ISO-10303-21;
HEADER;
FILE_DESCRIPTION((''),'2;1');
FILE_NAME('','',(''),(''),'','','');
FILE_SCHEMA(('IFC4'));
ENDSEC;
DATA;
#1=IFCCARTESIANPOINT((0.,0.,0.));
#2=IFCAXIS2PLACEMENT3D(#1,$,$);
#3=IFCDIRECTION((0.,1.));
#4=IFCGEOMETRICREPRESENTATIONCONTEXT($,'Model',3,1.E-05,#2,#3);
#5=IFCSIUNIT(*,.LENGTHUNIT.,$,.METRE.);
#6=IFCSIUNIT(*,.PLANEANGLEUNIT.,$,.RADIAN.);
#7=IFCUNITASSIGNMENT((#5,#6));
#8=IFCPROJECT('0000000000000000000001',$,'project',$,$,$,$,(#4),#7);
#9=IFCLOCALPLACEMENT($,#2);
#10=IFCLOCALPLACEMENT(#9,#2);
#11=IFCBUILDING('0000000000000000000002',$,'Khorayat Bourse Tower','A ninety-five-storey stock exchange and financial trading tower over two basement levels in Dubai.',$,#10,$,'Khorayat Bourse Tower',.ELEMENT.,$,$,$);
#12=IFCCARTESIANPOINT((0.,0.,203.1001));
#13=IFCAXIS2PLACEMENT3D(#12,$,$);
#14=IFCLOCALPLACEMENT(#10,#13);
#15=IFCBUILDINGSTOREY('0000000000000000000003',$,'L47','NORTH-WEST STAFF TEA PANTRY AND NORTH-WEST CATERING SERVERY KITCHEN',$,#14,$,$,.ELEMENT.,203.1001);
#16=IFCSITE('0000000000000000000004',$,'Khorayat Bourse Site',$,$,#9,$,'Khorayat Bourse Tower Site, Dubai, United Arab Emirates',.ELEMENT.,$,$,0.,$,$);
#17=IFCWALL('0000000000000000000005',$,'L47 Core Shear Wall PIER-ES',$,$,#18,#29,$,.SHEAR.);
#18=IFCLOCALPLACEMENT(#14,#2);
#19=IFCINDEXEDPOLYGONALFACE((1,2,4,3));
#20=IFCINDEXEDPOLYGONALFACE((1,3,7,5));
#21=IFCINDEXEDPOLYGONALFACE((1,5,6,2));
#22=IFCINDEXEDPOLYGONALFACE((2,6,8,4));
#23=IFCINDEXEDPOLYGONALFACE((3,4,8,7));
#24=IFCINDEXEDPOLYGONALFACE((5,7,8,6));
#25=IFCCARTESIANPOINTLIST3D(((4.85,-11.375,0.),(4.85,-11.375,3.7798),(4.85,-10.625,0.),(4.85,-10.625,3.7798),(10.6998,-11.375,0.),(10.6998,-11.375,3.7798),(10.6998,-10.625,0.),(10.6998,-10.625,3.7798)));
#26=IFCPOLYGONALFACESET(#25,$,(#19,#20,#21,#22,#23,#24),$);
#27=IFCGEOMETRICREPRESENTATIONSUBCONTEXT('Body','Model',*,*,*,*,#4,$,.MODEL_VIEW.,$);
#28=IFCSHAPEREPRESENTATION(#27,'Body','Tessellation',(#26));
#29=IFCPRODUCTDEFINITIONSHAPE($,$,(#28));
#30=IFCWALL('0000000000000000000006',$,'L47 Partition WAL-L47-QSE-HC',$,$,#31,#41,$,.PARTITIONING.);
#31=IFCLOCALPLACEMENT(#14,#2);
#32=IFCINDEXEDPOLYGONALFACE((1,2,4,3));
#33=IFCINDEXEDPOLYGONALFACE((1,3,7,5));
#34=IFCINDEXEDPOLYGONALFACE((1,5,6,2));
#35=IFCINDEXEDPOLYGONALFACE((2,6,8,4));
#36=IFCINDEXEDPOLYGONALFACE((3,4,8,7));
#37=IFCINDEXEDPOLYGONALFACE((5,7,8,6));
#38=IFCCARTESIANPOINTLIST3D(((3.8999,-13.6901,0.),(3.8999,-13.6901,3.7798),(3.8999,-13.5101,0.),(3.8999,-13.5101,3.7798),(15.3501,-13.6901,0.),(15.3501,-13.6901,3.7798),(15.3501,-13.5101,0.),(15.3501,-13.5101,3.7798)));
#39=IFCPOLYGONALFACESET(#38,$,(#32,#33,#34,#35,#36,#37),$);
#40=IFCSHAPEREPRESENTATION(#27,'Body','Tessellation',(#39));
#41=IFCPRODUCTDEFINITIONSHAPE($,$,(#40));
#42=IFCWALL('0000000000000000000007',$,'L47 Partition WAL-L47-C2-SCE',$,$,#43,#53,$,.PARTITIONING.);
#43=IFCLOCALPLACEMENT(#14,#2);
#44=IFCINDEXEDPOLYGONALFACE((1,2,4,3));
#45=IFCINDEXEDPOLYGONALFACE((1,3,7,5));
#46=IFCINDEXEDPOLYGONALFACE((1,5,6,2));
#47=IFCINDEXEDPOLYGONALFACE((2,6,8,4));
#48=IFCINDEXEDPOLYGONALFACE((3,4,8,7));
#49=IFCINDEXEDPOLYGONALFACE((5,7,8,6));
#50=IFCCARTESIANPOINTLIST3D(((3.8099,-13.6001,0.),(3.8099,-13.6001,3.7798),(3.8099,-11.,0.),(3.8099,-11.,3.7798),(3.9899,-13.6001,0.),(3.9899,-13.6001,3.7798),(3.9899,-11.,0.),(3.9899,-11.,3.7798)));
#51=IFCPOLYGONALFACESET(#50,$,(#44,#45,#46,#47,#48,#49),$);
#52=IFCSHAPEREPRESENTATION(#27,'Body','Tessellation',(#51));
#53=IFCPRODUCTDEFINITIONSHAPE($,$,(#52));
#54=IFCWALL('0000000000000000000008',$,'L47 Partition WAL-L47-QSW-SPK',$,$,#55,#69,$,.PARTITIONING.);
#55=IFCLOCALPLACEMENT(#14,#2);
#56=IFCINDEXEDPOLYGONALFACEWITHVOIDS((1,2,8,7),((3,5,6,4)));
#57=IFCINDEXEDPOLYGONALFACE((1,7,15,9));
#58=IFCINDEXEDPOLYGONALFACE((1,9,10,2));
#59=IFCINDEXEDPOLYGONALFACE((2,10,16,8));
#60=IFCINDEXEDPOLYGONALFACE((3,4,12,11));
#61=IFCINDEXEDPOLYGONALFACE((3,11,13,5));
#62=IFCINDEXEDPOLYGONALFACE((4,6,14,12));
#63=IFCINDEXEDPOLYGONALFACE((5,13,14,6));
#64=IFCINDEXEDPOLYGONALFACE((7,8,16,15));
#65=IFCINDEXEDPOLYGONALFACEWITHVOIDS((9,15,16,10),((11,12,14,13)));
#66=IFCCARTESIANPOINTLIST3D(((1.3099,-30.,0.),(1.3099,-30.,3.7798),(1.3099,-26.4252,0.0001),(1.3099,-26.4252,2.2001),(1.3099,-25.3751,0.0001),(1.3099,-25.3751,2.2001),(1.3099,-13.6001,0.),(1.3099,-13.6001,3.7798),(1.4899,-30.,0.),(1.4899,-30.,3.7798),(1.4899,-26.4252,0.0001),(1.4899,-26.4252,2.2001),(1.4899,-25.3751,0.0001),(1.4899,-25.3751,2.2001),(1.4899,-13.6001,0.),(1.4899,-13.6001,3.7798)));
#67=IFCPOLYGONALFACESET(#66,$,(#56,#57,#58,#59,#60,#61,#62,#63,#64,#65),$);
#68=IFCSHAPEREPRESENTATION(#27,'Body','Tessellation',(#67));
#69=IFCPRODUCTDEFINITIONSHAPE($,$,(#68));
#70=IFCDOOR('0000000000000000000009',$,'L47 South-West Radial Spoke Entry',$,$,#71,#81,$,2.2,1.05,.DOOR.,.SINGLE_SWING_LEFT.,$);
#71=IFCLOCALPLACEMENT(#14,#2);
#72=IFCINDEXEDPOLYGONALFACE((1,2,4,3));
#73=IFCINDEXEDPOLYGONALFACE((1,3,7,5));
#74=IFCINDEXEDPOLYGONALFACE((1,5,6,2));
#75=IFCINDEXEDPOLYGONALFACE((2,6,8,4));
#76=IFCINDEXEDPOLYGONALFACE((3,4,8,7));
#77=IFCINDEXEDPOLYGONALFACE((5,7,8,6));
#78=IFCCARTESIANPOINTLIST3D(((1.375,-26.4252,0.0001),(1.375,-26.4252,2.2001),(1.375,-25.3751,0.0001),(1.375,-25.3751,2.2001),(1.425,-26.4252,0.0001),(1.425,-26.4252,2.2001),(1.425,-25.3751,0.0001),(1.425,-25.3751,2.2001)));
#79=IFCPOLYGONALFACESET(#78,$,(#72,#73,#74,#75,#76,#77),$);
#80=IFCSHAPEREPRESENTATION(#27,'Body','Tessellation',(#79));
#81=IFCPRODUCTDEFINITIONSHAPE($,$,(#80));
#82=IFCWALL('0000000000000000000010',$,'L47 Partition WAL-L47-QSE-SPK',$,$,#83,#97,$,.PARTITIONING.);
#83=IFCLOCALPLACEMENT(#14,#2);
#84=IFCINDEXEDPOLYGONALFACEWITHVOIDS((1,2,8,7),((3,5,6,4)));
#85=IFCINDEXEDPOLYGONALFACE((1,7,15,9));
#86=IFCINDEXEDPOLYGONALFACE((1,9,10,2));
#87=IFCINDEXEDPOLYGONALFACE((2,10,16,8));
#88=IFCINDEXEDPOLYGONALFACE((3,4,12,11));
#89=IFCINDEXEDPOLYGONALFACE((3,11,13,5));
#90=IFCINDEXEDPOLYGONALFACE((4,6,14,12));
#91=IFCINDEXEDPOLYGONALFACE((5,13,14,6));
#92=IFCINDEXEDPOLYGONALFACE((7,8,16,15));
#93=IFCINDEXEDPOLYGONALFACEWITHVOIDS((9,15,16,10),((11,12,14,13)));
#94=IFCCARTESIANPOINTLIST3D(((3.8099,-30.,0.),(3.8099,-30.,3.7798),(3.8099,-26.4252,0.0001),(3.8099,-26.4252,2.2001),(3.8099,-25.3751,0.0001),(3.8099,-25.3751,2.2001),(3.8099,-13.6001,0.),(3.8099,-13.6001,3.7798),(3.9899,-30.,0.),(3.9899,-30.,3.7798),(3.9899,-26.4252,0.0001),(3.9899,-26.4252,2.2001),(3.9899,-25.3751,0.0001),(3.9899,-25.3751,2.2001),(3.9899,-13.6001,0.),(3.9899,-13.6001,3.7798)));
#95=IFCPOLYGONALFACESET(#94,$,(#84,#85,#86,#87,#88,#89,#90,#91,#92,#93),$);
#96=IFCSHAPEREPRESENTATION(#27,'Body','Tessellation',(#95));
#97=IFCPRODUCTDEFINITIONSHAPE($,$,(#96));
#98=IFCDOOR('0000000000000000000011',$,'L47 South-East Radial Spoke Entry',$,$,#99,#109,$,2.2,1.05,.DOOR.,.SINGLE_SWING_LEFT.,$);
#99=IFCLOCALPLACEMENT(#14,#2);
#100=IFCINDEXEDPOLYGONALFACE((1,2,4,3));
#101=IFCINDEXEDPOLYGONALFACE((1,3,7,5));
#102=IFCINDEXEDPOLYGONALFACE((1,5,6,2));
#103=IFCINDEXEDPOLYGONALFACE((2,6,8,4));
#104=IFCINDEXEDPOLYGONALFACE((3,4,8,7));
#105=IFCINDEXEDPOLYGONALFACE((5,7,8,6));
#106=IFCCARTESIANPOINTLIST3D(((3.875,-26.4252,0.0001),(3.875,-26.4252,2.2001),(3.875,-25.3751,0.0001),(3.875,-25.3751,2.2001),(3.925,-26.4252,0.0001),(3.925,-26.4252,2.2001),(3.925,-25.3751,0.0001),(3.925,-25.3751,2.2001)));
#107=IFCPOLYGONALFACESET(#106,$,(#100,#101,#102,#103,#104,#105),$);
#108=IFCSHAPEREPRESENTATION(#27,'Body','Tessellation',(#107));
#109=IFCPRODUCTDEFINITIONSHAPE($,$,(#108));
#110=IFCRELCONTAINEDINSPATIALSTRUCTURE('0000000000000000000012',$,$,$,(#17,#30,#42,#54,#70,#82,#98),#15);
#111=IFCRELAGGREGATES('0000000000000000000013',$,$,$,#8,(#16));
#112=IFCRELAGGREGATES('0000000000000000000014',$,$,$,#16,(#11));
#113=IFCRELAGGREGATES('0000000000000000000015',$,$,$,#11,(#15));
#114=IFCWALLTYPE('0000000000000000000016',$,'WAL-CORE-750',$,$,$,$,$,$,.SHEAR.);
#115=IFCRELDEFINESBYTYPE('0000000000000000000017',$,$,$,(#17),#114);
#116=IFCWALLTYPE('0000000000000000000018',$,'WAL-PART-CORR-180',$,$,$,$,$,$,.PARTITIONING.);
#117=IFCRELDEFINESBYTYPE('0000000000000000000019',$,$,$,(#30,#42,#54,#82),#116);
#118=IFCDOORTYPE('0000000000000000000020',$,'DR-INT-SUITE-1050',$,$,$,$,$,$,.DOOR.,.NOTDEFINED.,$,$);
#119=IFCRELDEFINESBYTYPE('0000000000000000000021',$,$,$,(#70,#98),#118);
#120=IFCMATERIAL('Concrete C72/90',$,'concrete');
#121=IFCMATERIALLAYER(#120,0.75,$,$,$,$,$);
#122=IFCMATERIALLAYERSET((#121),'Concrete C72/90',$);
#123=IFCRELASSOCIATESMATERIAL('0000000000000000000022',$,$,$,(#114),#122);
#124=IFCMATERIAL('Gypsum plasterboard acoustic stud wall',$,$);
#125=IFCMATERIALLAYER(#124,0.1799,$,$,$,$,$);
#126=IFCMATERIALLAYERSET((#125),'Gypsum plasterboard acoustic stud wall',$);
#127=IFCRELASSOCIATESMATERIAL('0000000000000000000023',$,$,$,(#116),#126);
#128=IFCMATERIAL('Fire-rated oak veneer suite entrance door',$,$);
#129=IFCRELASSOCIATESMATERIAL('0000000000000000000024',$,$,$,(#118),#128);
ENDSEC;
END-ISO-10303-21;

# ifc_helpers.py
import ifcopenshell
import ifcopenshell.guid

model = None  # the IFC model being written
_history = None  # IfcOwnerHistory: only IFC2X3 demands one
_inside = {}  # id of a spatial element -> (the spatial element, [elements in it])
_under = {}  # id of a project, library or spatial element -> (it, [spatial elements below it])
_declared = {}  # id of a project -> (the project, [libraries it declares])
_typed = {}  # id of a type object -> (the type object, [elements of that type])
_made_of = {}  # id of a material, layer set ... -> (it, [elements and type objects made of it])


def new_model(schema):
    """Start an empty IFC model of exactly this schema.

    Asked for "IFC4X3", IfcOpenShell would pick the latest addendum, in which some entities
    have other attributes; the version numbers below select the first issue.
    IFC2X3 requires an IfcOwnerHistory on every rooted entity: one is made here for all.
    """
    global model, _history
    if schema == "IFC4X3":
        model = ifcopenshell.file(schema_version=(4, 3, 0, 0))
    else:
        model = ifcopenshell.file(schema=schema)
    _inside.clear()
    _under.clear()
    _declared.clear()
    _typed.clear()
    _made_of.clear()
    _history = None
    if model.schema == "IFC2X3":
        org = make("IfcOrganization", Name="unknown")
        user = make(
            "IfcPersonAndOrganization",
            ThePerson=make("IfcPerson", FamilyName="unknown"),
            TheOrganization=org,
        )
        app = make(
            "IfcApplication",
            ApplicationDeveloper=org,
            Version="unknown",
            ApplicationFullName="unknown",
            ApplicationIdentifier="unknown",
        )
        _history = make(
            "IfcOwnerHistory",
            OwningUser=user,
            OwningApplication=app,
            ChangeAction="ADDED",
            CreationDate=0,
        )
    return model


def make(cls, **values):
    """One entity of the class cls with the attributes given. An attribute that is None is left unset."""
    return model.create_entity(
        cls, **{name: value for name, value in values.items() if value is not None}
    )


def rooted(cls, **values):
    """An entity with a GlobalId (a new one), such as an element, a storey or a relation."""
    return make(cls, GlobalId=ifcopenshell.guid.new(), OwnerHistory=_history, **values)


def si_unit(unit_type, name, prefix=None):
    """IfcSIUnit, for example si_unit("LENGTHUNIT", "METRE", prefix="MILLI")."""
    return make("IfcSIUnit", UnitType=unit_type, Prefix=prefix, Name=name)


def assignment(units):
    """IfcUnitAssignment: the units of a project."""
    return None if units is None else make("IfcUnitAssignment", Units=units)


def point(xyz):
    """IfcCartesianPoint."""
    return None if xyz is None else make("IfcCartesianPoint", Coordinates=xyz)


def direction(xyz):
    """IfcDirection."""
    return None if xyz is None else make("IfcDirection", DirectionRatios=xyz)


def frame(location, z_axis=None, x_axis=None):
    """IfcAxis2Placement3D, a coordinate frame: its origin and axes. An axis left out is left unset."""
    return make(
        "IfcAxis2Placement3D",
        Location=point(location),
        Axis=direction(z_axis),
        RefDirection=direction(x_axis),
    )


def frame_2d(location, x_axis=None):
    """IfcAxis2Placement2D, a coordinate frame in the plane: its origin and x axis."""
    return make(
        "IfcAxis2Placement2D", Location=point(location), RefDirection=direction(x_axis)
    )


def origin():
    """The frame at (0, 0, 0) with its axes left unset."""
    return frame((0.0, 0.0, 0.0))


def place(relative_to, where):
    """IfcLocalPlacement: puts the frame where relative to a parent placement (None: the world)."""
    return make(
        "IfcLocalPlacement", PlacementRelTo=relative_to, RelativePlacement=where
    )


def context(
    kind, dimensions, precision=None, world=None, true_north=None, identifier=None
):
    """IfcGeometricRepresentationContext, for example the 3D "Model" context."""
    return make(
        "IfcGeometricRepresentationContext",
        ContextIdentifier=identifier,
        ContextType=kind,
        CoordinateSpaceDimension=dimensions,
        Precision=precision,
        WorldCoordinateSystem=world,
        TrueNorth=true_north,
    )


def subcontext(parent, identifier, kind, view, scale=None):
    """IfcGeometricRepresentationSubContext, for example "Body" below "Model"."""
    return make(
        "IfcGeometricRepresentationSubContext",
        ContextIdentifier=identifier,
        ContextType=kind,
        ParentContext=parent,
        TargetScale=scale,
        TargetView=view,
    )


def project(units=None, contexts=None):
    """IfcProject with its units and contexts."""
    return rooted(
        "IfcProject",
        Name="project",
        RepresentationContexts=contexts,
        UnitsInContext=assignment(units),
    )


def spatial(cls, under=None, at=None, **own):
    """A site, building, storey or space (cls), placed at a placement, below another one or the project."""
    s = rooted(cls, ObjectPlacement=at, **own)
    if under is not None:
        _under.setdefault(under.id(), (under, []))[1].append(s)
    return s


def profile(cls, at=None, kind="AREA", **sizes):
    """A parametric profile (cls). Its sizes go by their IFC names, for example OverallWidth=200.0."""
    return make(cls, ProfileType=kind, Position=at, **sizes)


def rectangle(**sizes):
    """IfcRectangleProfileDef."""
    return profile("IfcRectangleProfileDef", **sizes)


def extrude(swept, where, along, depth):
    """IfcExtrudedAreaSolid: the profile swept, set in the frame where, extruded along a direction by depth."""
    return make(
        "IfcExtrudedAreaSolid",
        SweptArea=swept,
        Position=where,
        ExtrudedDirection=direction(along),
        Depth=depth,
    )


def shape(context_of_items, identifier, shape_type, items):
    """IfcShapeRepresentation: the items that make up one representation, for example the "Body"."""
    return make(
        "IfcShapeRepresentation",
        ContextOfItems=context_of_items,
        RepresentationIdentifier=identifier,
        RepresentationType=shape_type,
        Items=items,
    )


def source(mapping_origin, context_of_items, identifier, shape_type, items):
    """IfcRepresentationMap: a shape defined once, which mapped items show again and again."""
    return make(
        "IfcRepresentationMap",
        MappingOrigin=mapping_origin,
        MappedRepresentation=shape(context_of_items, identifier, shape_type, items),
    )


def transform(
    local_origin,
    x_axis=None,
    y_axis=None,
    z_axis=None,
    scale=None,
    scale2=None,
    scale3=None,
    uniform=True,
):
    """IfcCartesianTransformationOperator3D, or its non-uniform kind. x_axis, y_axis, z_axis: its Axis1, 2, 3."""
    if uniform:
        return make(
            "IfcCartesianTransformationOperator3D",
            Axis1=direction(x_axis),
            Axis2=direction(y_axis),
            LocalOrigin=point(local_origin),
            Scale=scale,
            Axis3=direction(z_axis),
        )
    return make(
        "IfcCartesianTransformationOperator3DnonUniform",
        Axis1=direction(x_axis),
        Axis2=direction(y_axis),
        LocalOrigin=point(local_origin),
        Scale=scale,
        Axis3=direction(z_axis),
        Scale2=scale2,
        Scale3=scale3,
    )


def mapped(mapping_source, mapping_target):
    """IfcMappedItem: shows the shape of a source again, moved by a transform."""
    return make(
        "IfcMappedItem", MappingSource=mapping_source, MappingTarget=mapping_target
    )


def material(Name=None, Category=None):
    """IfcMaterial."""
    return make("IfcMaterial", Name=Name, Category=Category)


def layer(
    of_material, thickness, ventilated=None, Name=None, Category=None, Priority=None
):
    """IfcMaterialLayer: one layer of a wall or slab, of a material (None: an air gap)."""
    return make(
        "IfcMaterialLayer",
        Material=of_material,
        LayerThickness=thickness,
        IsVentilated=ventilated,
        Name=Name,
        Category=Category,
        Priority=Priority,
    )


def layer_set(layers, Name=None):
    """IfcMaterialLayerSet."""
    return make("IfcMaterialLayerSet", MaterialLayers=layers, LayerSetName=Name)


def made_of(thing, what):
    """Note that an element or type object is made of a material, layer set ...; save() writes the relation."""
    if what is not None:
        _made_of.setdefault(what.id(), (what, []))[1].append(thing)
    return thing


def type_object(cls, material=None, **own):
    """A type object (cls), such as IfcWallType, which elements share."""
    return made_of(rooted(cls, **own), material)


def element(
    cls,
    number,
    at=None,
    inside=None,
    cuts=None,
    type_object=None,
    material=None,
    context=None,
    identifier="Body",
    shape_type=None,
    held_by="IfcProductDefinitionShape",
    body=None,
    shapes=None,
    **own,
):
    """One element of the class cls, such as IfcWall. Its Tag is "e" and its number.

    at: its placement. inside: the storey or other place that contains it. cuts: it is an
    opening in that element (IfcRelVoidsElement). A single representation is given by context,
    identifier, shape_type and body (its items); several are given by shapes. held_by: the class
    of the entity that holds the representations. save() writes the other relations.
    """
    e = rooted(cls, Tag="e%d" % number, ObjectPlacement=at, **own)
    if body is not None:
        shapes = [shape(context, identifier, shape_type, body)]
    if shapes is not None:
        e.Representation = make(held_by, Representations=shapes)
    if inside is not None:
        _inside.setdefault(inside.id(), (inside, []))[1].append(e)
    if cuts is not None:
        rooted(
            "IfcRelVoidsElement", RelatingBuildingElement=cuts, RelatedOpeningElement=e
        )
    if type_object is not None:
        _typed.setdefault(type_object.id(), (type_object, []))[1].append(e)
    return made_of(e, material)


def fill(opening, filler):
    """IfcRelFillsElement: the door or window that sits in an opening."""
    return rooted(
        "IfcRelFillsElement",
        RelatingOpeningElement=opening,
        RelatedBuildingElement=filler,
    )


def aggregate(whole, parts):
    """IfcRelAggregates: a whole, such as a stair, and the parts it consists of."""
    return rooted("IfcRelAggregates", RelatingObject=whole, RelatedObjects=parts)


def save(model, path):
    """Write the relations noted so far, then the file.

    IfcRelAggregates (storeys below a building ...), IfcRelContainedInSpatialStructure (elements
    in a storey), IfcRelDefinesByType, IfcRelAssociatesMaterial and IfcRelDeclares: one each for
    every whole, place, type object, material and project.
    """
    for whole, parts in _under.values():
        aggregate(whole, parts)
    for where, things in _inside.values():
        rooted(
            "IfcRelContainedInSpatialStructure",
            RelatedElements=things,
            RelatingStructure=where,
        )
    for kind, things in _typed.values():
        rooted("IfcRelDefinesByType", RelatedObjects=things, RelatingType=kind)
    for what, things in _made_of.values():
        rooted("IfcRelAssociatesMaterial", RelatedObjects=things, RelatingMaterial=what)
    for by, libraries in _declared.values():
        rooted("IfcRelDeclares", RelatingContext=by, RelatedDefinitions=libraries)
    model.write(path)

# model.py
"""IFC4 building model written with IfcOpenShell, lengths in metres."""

from ifc_helpers import new_model, si_unit, direction, frame, frame_2d, origin, place, context, subcontext, project, spatial, rectangle, extrude, source, transform, mapped, material, layer, layer_set, type_object, element, fill, save


model = new_model("IFC4")

# Units and contexts
model_context = context("Model", 3, precision=1e-05, world=origin(), true_north=direction((0.0, 1.0)))
body_context = subcontext(model_context, "Body", "Model", "MODEL_VIEW")
ifc_project = project(units=[si_unit("LENGTHUNIT", "METRE"), si_unit("PLANEANGLEUNIT", "RADIAN")], contexts=[model_context])

# Site, building, storey
site_placement = place(None, origin())
site = spatial("IfcSite", under=ifc_project, at=site_placement, Name="Khorayat Bourse Site", LongName="Khorayat Bourse Tower Site, Dubai, United Arab Emirates", CompositionType="ELEMENT", RefElevation=0.0)
building_placement = place(site_placement, origin())
building = spatial("IfcBuilding", under=site, at=building_placement, Name="Khorayat Bourse Tower", Description="A ninety-five-storey stock exchange and financial trading tower over two basement levels in Dubai.", LongName="Khorayat Bourse Tower", CompositionType="ELEMENT")
storey_placement = place(building_placement, frame((0.0, 0.0, 203.1001)))
storey = spatial("IfcBuildingStorey", under=building, at=storey_placement, Name="L47", Description="NORTH-WEST STAFF TEA PANTRY AND NORTH-WEST CATERING SERVERY KITCHEN", CompositionType="ELEMENT", Elevation=203.1001)

# Walls
ifc_material_1 = material(Name="Concrete C72/90", Category="concrete")
ifc_layer_1 = layer(ifc_material_1, 0.75)
ifc_layer_set_1 = layer_set([ifc_layer_1], Name="Concrete C72/90")
wall_type_1 = type_object("IfcWallType", Name="WAL-CORE-750", PredefinedType="SHEAR", material=ifc_layer_set_1)
shared_shape_1 = source(origin(), body_context, "Body", "SweptSolid", [
    extrude(rectangle(XDim=5.8499, YDim=0.75, at=frame_2d((2.9248, 0.0))), origin(), (0.0, 0.0, 1.0), 3.7798),
])
wall_1_placement = place(storey_placement, frame((4.8501, -11.0, 0.0), z_axis=(0.0, 0.0, 1.0), x_axis=(1.0, 0.0, 0.0)))
element("IfcWall", 1, at=wall_1_placement, inside=storey, type_object=wall_type_1, Name="L47 Core Shear Wall PIER-ES", PredefinedType="SHEAR", context=body_context, shape_type="MappedRepresentation", body=[
    mapped(shared_shape_1, transform((0.0, 0.0, 0.0), scale=1.0)),
])
ifc_material_2 = material(Name="Gypsum plasterboard acoustic stud wall")
ifc_layer_2 = layer(ifc_material_2, 0.1799)
ifc_layer_set_2 = layer_set([ifc_layer_2], Name="Gypsum plasterboard acoustic stud wall")
wall_type_2 = type_object("IfcWallType", Name="WAL-PART-CORR-180", PredefinedType="PARTITIONING", material=ifc_layer_set_2)
shared_shape_2 = source(origin(), body_context, "Body", "SweptSolid", [
    extrude(rectangle(XDim=11.4502, YDim=0.1799, at=frame_2d((5.7251, 0.0))), origin(), (0.0, 0.0, 1.0), 3.7798),
])
wall_2_placement = place(storey_placement, frame((3.8999, -13.6001, 0.0), z_axis=(0.0, 0.0, 1.0), x_axis=(1.0, 0.0, 0.0)))
element("IfcWall", 2, at=wall_2_placement, inside=storey, type_object=wall_type_2, Name="L47 Partition WAL-L47-QSE-HC", PredefinedType="PARTITIONING", context=body_context, shape_type="MappedRepresentation", body=[
    mapped(shared_shape_2, transform((0.0, 0.0, 0.0), scale=1.0)),
])
shared_shape_3 = source(origin(), body_context, "Body", "SweptSolid", [
    extrude(rectangle(XDim=2.6001, YDim=0.1799, at=frame_2d((1.3, 0.0))), origin(), (0.0, 0.0, 1.0), 3.7798),
])
wall_3_placement = place(storey_placement, frame((3.8999, -13.6001, 0.0), z_axis=(0.0, 0.0, 1.0), x_axis=(0.0, 1.0, 0.0)))
element("IfcWall", 3, at=wall_3_placement, inside=storey, type_object=wall_type_2, Name="L47 Partition WAL-L47-C2-SCE", PredefinedType="PARTITIONING", context=body_context, shape_type="MappedRepresentation", body=[
    mapped(shared_shape_3, transform((0.0, 0.0, 0.0), scale=1.0)),
])

# Walls, openings, doors
shared_shape_4 = source(origin(), body_context, "Body", "SweptSolid", [
    extrude(rectangle(XDim=16.3999, YDim=0.1799, at=frame_2d((8.2, 0.0))), origin(), (0.0, 0.0, 1.0), 3.7798),
])
wall_4_placement = place(storey_placement, frame((1.3999, -30.0, 0.0), z_axis=(0.0, 0.0, 1.0), x_axis=(0.0, 1.0, 0.0)))
wall_4 = element("IfcWall", 4, at=wall_4_placement, inside=storey, type_object=wall_type_2, Name="L47 Partition WAL-L47-QSW-SPK", PredefinedType="PARTITIONING", context=body_context, shape_type="MappedRepresentation", body=[
    mapped(shared_shape_4, transform((0.0, 0.0, 0.0), scale=1.0)),
])
shared_shape_5 = source(origin(), body_context, "Body", "SweptSolid", [
    extrude(rectangle(XDim=1.05, YDim=2.2, at=frame_2d((0.5249, 1.1001))), frame((0.0, 0.0999, 0.0), z_axis=(0.0, -1.0, 0.0), x_axis=(1.0, 0.0, 0.0)), (0.0, 0.0, 1.0), 0.2),
])
opening_1_placement = place(wall_4_placement, frame((3.575, 0.0, 0.0)))
opening_1 = element("IfcOpeningElement", 5, at=opening_1_placement, cuts=wall_4, PredefinedType="OPENING", context=body_context, shape_type="MappedRepresentation", body=[
    mapped(shared_shape_5, transform((0.0, 0.0, 0.0), scale=1.0)),
])
ifc_material_3 = material(Name="Fire-rated oak veneer suite entrance door")
door_type = type_object("IfcDoorType", Name="DR-INT-SUITE-1050", OperationType="NOTDEFINED", PredefinedType="DOOR", material=ifc_material_3)
shared_shape_6 = source(origin(), body_context, "Body", "SweptSolid", [
    extrude(rectangle(XDim=1.05, YDim=2.2, at=frame_2d((0.5249, 1.1001))), frame((0.0, 0.0249, 0.0), z_axis=(0.0, -1.0, 0.0), x_axis=(1.0, 0.0, 0.0)), (0.0, 0.0, 1.0), 0.05),
])
door_1_placement = place(opening_1_placement, origin())
door_1 = element("IfcDoor", 6, at=door_1_placement, inside=storey, type_object=door_type, Name="L47 South-West Radial Spoke Entry", OperationType="SINGLE_SWING_LEFT", OverallHeight=2.2, OverallWidth=1.05, PredefinedType="DOOR", context=body_context, shape_type="MappedRepresentation", body=[
    mapped(shared_shape_6, transform((0.0, 0.0, 0.0), scale=1.0)),
])
fill(opening_1, door_1)
wall_5_placement = place(storey_placement, frame((3.8999, -30.0, 0.0), z_axis=(0.0, 0.0, 1.0), x_axis=(0.0, 1.0, 0.0)))
wall_5 = element("IfcWall", 7, at=wall_5_placement, inside=storey, type_object=wall_type_2, Name="L47 Partition WAL-L47-QSE-SPK", PredefinedType="PARTITIONING", context=body_context, shape_type="MappedRepresentation", body=[
    mapped(shared_shape_4, transform((0.0, 0.0, 0.0), scale=1.0)),
])
opening_2_placement = place(wall_5_placement, frame((3.575, 0.0, 0.0)))
opening_2 = element("IfcOpeningElement", 8, at=opening_2_placement, cuts=wall_5, PredefinedType="OPENING", context=body_context, shape_type="MappedRepresentation", body=[
    mapped(shared_shape_5, transform((0.0, 0.0, 0.0), scale=1.0)),
])
door_2_placement = place(opening_2_placement, origin())
door_2 = element("IfcDoor", 9, at=door_2_placement, inside=storey, type_object=door_type, Name="L47 South-East Radial Spoke Entry", OperationType="SINGLE_SWING_LEFT", OverallHeight=2.2, OverallWidth=1.05, PredefinedType="DOOR", context=body_context, shape_type="MappedRepresentation", body=[
    mapped(shared_shape_6, transform((0.0, 0.0, 0.0), scale=1.0)),
])
fill(opening_2, door_2)

save(model, "model.ifc")
